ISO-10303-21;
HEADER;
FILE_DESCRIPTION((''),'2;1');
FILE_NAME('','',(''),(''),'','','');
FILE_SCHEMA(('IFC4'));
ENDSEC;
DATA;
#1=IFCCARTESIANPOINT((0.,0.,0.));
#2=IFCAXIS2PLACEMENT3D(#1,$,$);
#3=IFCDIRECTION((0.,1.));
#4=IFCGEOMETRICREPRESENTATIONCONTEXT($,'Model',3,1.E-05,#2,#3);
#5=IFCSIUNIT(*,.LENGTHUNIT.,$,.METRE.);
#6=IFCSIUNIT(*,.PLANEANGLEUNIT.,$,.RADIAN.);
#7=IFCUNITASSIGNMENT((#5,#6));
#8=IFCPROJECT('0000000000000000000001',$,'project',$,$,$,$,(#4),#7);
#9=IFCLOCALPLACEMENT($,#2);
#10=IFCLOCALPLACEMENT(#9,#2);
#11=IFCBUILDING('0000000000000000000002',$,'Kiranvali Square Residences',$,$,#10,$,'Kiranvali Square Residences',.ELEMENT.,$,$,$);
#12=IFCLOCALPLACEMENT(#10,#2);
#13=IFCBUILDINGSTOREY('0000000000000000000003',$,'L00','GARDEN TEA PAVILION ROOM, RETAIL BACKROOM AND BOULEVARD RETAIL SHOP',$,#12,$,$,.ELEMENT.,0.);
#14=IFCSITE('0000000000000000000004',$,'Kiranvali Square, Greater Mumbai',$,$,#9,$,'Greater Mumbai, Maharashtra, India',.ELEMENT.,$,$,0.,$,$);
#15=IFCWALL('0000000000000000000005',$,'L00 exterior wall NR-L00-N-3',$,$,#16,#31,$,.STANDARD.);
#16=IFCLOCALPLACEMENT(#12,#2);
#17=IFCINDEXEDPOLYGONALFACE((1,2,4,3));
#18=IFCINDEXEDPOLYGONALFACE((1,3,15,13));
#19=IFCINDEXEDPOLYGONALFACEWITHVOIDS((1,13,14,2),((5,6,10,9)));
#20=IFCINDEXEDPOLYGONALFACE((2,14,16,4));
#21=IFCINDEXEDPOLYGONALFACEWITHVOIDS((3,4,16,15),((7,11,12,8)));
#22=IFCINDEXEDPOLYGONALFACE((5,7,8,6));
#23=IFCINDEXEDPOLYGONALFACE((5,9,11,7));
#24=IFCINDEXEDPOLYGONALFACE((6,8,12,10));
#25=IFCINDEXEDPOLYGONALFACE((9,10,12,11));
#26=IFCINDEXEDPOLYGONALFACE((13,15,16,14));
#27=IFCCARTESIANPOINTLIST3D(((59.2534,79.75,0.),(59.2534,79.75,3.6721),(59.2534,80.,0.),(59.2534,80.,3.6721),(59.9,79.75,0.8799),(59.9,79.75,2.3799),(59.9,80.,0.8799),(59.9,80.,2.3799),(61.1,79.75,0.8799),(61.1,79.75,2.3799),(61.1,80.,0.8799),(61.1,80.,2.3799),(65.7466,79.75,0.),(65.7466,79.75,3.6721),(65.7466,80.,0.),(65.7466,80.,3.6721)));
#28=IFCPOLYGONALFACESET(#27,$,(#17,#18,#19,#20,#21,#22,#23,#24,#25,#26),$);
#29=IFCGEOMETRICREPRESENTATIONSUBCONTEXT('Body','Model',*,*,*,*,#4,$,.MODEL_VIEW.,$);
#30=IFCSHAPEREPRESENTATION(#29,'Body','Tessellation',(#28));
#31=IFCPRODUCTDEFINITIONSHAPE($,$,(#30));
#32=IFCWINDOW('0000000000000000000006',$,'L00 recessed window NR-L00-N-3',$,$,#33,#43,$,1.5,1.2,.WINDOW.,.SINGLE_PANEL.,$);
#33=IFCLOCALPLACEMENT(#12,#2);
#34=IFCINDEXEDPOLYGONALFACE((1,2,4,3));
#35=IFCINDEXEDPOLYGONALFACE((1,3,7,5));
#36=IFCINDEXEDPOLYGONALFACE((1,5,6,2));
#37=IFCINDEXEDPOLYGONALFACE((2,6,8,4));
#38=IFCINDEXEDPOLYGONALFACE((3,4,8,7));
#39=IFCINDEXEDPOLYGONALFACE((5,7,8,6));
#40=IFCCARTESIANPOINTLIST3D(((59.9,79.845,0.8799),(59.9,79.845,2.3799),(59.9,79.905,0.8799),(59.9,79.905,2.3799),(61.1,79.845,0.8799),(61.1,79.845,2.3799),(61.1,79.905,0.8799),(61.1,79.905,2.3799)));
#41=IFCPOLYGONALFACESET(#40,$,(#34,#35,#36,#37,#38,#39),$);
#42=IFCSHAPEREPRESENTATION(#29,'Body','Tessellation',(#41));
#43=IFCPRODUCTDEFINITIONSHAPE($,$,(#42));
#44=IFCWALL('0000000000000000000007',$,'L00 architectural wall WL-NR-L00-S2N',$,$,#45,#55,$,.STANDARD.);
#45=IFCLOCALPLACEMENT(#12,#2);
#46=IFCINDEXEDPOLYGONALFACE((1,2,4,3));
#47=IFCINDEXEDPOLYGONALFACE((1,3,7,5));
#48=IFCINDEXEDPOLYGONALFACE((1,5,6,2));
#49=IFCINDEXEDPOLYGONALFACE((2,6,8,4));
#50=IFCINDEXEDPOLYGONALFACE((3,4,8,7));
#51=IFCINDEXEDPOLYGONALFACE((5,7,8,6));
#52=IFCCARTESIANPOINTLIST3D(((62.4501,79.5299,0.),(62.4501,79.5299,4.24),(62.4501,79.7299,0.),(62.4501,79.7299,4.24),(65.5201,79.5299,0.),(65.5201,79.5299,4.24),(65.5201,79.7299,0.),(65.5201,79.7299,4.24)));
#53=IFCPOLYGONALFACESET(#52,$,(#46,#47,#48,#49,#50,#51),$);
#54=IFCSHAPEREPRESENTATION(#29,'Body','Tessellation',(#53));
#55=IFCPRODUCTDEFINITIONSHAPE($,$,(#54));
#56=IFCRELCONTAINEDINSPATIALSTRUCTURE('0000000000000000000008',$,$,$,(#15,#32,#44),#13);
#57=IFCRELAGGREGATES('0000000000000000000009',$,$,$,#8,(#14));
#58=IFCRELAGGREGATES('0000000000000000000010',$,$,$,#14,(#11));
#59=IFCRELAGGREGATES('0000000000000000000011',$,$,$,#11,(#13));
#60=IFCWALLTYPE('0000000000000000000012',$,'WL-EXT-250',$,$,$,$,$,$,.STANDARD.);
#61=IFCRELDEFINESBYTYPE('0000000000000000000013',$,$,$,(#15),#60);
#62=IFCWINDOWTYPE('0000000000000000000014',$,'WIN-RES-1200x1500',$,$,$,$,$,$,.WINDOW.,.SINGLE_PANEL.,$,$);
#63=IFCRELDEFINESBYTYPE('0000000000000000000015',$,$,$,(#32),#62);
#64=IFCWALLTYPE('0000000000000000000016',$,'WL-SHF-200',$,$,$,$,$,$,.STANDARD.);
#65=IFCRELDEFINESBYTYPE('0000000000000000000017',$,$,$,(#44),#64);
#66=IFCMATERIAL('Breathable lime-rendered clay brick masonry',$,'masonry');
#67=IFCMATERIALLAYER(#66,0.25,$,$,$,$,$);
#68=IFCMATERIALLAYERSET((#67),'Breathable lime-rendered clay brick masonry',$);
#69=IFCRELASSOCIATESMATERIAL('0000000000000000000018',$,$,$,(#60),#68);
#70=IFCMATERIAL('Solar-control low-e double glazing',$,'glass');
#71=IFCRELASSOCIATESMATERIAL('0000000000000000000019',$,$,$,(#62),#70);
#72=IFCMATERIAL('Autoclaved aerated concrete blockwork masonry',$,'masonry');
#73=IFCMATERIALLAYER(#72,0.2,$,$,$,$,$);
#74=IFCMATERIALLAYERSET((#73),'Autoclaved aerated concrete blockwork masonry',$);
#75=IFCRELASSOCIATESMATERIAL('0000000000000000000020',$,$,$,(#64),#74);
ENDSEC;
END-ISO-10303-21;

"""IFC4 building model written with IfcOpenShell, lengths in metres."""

from ifc_helpers import new_model, si_unit, direction, frame, frame_2d, origin, place, context, subcontext, project, spatial, rectangle, extrude, material, layer, layer_set, type_object, element, fill, save


model = new_model("IFC4")

# Units and contexts
model_context = context("Model", 3, precision=1e-05, world=origin(), true_north=direction((0.0, 1.0)))
body_context = subcontext(model_context, "Body", "Model", "MODEL_VIEW")
ifc_project = project(units=[si_unit("LENGTHUNIT", "METRE"), si_unit("PLANEANGLEUNIT", "RADIAN")], contexts=[model_context])

# Site, building, storey
site_placement = place(None, origin())
site = spatial("IfcSite", under=ifc_project, at=site_placement, Name="Kiranvali Square, Greater Mumbai", LongName="Greater Mumbai, Maharashtra, India", CompositionType="ELEMENT", RefElevation=0.0)
building_placement = place(site_placement, origin())
building = spatial("IfcBuilding", under=site, at=building_placement, Name="Kiranvali Square Residences", LongName="Kiranvali Square Residences", CompositionType="ELEMENT")
storey_placement = place(building_placement, origin())
storey = spatial("IfcBuildingStorey", under=building, at=storey_placement, Name="L00", Description="GARDEN TEA PAVILION ROOM, RETAIL BACKROOM AND BOULEVARD RETAIL SHOP", CompositionType="ELEMENT", Elevation=0.0)

# Shared definitions
ifc_material_1 = material(Name="Solar-control low-e double glazing", Category="glass")

# Wall, opening, window
ifc_material_2 = material(Name="Breathable lime-rendered clay brick masonry", Category="masonry")
ifc_layer_1 = layer(ifc_material_2, 0.25)
ifc_layer_set_1 = layer_set([ifc_layer_1], Name="Breathable lime-rendered clay brick masonry")
wall_type_1 = type_object("IfcWallType", Name="WL-EXT-250", PredefinedType="STANDARD", material=ifc_layer_set_1)
wall_1_placement = place(storey_placement, frame((59.2534, 79.875, 0.0), z_axis=(0.0, 0.0, 1.0), x_axis=(1.0, 0.0, 0.0)))
wall_1 = element("IfcWall", 1, at=wall_1_placement, inside=storey, type_object=wall_type_1, Name="L00 exterior wall NR-L00-N-3", PredefinedType="STANDARD", context=body_context, shape_type="SweptSolid", body=[
    extrude(rectangle(XDim=6.4932, YDim=0.25, at=frame_2d((3.2466, 0.0))), origin(), (0.0, 0.0, 1.0), 3.6721),
])
opening_placement = place(wall_1_placement, frame((0.6465, 0.0, 0.8799)))
opening = element("IfcOpeningElement", 2, at=opening_placement, cuts=wall_1, PredefinedType="OPENING", context=body_context, shape_type="SweptSolid", body=[
    extrude(rectangle(XDim=1.2, YDim=1.5, at=frame_2d((0.6001, 0.75))), frame((0.0, 0.135, 0.0), z_axis=(0.0, -1.0, 0.0), x_axis=(1.0, 0.0, 0.0)), (0.0, 0.0, 1.0), 0.27),
])
window_type = type_object("IfcWindowType", Name="WIN-RES-1200x1500", PartitioningType="SINGLE_PANEL", PredefinedType="WINDOW", material=ifc_material_1)
window_placement = place(opening_placement, origin())
window = element("IfcWindow", 3, at=window_placement, inside=storey, type_object=window_type, Name="L00 recessed window NR-L00-N-3", OverallHeight=1.5, OverallWidth=1.2, PartitioningType="SINGLE_PANEL", PredefinedType="WINDOW", context=body_context, shape_type="SweptSolid", body=[
    extrude(rectangle(XDim=1.2, YDim=1.5, at=frame_2d((0.6001, 0.75))), frame((0.0, 0.03, 0.0), z_axis=(0.0, -1.0, 0.0), x_axis=(1.0, 0.0, 0.0)), (0.0, 0.0, 1.0), 0.0601),
])
fill(opening, window)

# Wall
ifc_material_3 = material(Name="Autoclaved aerated concrete blockwork masonry", Category="masonry")
ifc_layer_2 = layer(ifc_material_3, 0.2)
ifc_layer_set_2 = layer_set([ifc_layer_2], Name="Autoclaved aerated concrete blockwork masonry")
wall_type_2 = type_object("IfcWallType", Name="WL-SHF-200", PredefinedType="STANDARD", material=ifc_layer_set_2)
wall_2_placement = place(storey_placement, frame((62.45, 79.6299, 0.0), z_axis=(0.0, 0.0, 1.0), x_axis=(1.0, 0.0, 0.0)))
element("IfcWall", 4, at=wall_2_placement, inside=storey, type_object=wall_type_2, Name="L00 architectural wall WL-NR-L00-S2N", PredefinedType="STANDARD", context=body_context, shape_type="SweptSolid", body=[
    extrude(rectangle(XDim=3.0701, YDim=0.2, at=frame_2d((1.5352, 0.0))), origin(), (0.0, 0.0, 1.0), 4.24),
])

save(model, "model.ifc")
